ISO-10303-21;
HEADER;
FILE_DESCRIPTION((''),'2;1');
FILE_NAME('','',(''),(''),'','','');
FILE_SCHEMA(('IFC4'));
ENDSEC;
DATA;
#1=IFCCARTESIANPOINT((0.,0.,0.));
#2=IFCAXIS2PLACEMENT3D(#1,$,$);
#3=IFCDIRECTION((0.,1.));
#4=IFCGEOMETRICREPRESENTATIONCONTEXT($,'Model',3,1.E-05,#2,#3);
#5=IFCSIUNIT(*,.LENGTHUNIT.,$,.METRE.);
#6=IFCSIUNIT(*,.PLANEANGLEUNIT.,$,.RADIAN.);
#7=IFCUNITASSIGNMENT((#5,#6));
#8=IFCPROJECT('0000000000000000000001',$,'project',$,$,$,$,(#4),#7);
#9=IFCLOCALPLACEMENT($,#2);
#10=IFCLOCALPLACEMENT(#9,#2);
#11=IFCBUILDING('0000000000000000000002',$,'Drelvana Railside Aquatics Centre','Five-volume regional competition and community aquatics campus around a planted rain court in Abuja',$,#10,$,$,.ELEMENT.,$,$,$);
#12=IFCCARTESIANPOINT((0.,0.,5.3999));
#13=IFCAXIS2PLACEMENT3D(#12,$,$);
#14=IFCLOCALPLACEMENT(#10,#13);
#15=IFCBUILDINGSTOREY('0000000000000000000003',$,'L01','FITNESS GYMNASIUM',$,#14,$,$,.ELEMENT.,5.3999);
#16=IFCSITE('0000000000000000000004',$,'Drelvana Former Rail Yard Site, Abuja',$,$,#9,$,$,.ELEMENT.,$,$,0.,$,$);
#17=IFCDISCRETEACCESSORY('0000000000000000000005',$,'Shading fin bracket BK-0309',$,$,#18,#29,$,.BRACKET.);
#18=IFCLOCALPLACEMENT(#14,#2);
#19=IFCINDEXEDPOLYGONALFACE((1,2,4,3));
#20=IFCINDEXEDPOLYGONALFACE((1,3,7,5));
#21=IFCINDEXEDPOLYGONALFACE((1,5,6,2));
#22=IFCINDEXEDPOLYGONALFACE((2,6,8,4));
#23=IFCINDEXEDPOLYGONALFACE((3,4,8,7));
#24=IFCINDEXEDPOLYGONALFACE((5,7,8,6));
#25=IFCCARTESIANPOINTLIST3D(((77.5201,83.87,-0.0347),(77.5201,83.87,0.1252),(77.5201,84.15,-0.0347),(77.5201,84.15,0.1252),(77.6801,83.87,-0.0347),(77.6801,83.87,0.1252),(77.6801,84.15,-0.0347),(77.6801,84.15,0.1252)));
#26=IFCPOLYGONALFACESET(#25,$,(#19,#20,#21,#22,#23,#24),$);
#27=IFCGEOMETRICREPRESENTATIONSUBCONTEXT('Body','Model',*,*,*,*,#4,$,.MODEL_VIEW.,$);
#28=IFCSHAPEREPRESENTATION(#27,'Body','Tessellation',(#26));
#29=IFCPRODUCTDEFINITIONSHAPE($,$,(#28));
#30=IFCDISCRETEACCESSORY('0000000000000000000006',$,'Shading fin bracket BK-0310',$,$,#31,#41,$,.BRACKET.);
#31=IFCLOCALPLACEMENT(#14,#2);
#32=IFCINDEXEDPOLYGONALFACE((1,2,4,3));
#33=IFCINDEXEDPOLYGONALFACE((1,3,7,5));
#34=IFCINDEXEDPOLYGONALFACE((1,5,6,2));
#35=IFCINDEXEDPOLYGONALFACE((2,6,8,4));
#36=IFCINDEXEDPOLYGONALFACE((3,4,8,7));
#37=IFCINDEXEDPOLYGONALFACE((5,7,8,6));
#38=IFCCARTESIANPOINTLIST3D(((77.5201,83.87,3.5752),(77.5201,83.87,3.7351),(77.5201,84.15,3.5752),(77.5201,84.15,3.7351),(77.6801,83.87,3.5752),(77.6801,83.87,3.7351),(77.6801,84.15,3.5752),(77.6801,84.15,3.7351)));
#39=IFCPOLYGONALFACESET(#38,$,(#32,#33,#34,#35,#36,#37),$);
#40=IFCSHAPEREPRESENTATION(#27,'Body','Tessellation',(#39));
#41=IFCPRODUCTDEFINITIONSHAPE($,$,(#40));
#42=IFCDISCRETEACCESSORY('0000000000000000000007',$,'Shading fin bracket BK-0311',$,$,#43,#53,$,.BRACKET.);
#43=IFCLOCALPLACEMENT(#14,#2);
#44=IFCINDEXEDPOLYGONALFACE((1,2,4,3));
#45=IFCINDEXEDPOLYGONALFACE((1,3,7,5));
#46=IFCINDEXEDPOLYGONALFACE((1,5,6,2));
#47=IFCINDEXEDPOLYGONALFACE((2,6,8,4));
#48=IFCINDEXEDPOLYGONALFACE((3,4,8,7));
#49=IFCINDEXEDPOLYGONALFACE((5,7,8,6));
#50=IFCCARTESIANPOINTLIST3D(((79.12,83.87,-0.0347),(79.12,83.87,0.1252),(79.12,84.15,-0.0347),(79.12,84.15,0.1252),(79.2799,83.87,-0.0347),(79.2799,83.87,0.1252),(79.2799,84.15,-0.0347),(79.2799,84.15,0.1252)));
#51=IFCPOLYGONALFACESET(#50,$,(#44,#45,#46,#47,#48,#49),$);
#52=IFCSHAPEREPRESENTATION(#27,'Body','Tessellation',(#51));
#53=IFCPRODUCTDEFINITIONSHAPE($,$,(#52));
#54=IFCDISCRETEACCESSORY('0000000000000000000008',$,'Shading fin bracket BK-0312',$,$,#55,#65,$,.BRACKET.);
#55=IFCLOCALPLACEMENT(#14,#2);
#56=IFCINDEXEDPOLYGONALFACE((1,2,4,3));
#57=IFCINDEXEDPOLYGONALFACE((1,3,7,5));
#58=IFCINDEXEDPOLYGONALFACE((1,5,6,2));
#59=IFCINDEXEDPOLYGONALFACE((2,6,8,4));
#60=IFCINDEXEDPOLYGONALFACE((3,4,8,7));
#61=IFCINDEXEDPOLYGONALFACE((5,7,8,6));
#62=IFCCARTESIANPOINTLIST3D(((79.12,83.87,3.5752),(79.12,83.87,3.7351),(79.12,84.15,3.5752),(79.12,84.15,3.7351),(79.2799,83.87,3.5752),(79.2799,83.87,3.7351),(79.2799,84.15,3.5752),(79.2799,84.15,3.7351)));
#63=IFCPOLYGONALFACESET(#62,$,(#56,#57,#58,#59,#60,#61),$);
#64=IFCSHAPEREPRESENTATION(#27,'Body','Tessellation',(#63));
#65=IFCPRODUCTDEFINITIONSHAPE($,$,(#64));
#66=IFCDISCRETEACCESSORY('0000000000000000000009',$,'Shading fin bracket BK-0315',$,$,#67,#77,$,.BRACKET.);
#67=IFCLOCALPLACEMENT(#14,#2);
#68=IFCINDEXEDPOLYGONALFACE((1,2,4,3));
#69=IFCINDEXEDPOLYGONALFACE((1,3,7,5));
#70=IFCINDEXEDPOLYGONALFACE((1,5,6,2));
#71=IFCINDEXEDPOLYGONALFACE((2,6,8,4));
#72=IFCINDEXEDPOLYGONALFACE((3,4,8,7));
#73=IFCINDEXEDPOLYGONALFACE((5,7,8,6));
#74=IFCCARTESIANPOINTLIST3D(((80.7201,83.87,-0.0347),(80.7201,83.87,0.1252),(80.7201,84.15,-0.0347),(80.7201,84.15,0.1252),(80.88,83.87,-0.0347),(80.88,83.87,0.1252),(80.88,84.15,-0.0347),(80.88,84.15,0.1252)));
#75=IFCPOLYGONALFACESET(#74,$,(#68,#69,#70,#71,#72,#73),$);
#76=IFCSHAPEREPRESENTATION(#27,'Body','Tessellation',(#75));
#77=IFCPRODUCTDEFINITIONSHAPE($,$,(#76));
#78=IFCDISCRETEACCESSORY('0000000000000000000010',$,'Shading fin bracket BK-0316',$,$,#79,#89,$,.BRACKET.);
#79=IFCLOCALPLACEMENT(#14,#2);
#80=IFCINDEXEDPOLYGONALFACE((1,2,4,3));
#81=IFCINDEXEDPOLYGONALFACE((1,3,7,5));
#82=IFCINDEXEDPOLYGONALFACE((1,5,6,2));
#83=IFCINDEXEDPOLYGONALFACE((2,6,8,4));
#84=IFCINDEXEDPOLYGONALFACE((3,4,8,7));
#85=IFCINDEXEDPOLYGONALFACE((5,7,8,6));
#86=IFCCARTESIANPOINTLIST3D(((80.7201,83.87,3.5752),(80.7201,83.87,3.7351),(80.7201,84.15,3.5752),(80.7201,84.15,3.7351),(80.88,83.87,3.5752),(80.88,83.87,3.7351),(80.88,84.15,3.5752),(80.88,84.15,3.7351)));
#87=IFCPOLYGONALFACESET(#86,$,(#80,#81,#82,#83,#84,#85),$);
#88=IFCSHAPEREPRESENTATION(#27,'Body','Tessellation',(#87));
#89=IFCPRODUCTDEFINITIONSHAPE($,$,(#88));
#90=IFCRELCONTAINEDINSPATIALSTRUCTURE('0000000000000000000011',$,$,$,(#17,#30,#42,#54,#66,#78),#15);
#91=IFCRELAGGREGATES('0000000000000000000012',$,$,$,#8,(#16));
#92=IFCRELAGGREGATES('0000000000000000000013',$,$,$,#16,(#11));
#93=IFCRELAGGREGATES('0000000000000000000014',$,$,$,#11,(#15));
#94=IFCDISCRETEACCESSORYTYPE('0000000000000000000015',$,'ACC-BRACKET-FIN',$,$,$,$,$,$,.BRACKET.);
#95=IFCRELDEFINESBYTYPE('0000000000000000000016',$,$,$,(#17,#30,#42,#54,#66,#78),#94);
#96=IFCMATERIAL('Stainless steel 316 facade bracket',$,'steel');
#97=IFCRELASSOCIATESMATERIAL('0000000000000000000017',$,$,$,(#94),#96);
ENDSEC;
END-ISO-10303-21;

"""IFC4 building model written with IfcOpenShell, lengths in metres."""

from ifc_helpers import new_model, si_unit, direction, frame, origin, origin_2d, place, context, subcontext, project, spatial, rectangle, extrude, material, type_object, element, save


model = new_model("IFC4")

# Units and contexts
model_context = context("Model", 3, precision=1e-05, world=origin(), true_north=direction((0.0, 1.0)))
body_context = subcontext(model_context, "Body", "Model", "MODEL_VIEW")
ifc_project = project(units=[si_unit("LENGTHUNIT", "METRE"), si_unit("PLANEANGLEUNIT", "RADIAN")], contexts=[model_context])

# Site, building, storey
site_placement = place(None, origin())
site = spatial("IfcSite", under=ifc_project, at=site_placement, Name="Drelvana Former Rail Yard Site, Abuja", CompositionType="ELEMENT", RefElevation=0.0)
building_placement = place(site_placement, origin())
building = spatial("IfcBuilding", under=site, at=building_placement, Name="Drelvana Railside Aquatics Centre", Description="Five-volume regional competition and community aquatics campus around a planted rain court in Abuja", CompositionType="ELEMENT")
storey_placement = place(building_placement, frame((0.0, 0.0, 5.3999)))
storey = spatial("IfcBuildingStorey", under=building, at=storey_placement, Name="L01", Description="FITNESS GYMNASIUM", CompositionType="ELEMENT", Elevation=5.3999)

# Discrete accessories
ifc_material_1 = material(Name="Stainless steel 316 facade bracket", Category="steel")
discrete_accessory_type = type_object("IfcDiscreteAccessoryType", Name="ACC-BRACKET-FIN", PredefinedType="BRACKET", material=ifc_material_1)
for number, where, z_axis, x_axis, name in (
    (1, (77.6001, 84.01, -0.0347), (0.0, 0.0, 1.0), (0.0, 1.0, 0.0), "Shading fin bracket BK-0309"),
    (2, (77.6001, 84.01, 3.5752), (0.0, 0.0, 1.0), (0.0, 1.0, 0.0), "Shading fin bracket BK-0310"),
    (3, (79.2, 84.01, -0.0347), (0.0, 0.0, 1.0), (0.0, 1.0, 0.0), "Shading fin bracket BK-0311"),
    (4, (79.2, 84.01, 3.5752), (0.0, 0.0, 1.0), (0.0, 1.0, 0.0), "Shading fin bracket BK-0312"),
    (5, (80.8, 84.01, -0.0347), (0.0, 0.0, 1.0), (0.0, 1.0, 0.0), "Shading fin bracket BK-0315"),
    (6, (80.8, 84.01, 3.5752), (0.0, 0.0, 1.0), (0.0, 1.0, 0.0), "Shading fin bracket BK-0316"),
):
    element("IfcDiscreteAccessory", number, at=place(storey_placement, frame(where, z_axis=z_axis, x_axis=x_axis)), inside=storey, type_object=discrete_accessory_type, Name=name, PredefinedType="BRACKET", context=body_context, shape_type="SweptSolid", body=[
        extrude(rectangle(XDim=0.28, YDim=0.1599, at=origin_2d()), origin(), (0.0, 0.0, 1.0), 0.1599),
    ])

save(model, "model.ifc")
